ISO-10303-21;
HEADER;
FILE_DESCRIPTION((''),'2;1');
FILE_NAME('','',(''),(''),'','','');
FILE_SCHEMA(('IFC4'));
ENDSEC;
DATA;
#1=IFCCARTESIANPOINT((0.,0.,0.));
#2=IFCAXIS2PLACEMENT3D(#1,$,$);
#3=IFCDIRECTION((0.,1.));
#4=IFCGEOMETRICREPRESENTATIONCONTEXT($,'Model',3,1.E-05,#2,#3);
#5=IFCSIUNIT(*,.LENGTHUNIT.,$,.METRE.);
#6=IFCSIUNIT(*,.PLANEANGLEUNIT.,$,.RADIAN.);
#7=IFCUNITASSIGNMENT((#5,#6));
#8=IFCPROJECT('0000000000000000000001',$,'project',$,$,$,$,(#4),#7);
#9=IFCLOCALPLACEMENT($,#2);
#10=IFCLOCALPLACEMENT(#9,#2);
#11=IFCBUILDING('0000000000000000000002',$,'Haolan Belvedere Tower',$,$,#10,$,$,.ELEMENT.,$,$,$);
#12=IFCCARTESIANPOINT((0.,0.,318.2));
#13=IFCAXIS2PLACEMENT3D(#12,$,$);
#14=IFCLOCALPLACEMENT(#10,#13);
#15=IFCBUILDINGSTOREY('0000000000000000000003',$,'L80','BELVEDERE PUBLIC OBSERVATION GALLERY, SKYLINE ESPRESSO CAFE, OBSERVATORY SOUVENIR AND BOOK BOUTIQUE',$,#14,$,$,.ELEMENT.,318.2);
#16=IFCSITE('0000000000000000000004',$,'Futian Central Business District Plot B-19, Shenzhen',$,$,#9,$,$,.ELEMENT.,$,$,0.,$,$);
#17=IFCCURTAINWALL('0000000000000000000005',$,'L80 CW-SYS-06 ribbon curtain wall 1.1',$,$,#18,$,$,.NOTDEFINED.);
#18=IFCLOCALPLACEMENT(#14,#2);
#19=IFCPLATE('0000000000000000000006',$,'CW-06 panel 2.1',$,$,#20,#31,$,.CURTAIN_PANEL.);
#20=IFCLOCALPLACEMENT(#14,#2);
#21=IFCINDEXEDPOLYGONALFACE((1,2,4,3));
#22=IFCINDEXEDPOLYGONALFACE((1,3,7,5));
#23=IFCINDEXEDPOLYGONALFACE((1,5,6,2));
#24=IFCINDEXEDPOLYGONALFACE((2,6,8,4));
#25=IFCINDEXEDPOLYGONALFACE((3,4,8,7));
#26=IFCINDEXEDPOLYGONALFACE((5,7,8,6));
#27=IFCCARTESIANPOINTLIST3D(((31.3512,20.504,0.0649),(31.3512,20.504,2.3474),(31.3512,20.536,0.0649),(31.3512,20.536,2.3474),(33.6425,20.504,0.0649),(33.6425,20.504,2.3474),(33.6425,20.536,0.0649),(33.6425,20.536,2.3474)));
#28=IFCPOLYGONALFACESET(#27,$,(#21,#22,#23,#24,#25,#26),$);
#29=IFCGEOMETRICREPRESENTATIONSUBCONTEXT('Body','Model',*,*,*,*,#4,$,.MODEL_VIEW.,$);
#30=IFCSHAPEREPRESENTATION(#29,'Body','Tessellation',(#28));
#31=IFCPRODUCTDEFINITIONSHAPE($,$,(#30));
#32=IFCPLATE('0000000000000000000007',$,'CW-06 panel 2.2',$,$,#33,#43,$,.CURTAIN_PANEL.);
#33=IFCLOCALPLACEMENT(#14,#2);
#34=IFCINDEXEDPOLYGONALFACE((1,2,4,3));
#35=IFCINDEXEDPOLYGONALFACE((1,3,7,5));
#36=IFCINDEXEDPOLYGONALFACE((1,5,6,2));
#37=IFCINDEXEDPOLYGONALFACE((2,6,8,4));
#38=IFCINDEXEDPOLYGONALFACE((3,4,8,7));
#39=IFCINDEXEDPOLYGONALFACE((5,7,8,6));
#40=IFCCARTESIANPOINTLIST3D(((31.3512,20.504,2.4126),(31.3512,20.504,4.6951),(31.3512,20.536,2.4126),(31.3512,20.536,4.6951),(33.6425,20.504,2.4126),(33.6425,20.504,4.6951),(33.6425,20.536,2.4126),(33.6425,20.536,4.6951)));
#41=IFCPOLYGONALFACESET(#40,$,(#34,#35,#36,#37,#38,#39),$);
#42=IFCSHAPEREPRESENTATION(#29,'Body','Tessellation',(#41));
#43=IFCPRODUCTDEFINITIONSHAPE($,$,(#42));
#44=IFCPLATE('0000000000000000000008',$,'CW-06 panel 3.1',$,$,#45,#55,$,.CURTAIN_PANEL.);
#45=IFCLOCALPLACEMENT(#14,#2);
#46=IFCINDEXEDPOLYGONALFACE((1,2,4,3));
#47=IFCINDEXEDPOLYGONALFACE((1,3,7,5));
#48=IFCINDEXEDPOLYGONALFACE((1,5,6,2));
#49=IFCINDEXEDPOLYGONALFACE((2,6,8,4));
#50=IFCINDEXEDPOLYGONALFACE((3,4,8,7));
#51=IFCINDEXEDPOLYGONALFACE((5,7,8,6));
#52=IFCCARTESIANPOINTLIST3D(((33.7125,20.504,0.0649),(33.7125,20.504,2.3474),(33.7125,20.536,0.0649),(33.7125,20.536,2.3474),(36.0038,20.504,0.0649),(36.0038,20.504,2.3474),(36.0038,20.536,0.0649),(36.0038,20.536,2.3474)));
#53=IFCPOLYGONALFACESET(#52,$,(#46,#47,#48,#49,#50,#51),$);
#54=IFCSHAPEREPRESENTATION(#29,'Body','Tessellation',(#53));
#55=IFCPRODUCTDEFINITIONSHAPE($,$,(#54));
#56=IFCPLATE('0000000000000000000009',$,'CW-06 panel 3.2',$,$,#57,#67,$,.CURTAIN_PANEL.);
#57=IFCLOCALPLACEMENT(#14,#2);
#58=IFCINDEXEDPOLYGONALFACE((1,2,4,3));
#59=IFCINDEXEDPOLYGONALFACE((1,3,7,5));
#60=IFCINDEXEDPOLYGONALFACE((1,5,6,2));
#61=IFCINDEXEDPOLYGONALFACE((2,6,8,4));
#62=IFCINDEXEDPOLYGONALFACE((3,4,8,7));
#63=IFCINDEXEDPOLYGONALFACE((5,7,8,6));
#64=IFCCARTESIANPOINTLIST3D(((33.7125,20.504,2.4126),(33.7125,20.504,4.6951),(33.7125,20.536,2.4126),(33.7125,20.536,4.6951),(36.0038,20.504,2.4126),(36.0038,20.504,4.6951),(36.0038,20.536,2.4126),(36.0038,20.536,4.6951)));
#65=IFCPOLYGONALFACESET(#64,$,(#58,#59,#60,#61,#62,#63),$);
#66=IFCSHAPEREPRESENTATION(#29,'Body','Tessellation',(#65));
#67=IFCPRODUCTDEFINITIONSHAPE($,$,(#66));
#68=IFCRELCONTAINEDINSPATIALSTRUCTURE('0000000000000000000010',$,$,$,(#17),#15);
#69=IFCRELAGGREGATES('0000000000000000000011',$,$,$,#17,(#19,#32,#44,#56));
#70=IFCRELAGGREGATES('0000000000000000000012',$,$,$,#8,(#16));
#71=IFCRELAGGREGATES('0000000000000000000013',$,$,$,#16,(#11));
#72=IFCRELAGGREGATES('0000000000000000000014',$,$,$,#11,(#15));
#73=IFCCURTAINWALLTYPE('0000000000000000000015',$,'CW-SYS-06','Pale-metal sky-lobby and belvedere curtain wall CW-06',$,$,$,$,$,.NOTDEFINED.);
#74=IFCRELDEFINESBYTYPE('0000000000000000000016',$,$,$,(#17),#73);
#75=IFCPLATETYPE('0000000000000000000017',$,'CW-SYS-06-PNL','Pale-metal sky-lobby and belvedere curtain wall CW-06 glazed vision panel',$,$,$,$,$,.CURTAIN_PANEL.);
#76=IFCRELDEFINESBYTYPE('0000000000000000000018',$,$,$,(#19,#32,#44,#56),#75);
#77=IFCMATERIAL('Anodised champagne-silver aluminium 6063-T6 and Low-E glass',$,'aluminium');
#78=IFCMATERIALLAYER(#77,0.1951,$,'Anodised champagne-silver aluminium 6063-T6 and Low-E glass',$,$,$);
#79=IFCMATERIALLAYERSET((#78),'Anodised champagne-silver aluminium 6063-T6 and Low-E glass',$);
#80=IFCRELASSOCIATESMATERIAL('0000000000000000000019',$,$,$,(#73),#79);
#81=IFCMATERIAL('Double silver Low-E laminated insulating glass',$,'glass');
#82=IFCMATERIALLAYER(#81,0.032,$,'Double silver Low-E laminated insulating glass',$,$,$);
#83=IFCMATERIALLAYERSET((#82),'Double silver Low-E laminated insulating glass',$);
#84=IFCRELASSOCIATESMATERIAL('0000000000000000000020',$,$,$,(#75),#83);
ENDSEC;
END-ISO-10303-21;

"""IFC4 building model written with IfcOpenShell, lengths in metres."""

from ifc_helpers import new_model, si_unit, direction, frame, origin, origin_2d, place, context, subcontext, project, spatial, rectangle, extrude, material, layer, layer_set, type_object, element, aggregate, save


model = new_model("IFC4")

# Units and contexts
model_context = context("Model", 3, precision=1e-05, world=origin(), true_north=direction((0.0, 1.0)))
body_context = subcontext(model_context, "Body", "Model", "MODEL_VIEW")
ifc_project = project(units=[si_unit("LENGTHUNIT", "METRE"), si_unit("PLANEANGLEUNIT", "RADIAN")], contexts=[model_context])

# Site, building, storey
site_placement = place(None, origin())
site = spatial("IfcSite", under=ifc_project, at=site_placement, Name="Futian Central Business District Plot B-19, Shenzhen", CompositionType="ELEMENT", RefElevation=0.0)
building_placement = place(site_placement, origin())
building = spatial("IfcBuilding", under=site, at=building_placement, Name="Haolan Belvedere Tower", CompositionType="ELEMENT")
storey_placement = place(building_placement, frame((0.0, 0.0, 318.2)))
storey = spatial("IfcBuildingStorey", under=building, at=storey_placement, Name="L80", Description="BELVEDERE PUBLIC OBSERVATION GALLERY, SKYLINE ESPRESSO CAFE, OBSERVATORY SOUVENIR AND BOOK BOUTIQUE", CompositionType="ELEMENT", Elevation=318.2)

# Curtain wall, plates
ifc_material_1 = material(Name="Anodised champagne-silver aluminium 6063-T6 and Low-E glass", Category="aluminium")
ifc_layer_1 = layer(ifc_material_1, 0.1951, Name="Anodised champagne-silver aluminium 6063-T6 and Low-E glass")
ifc_layer_set_1 = layer_set([ifc_layer_1], Name="Anodised champagne-silver aluminium 6063-T6 and Low-E glass")
curtain_wall_type = type_object("IfcCurtainWallType", Name="CW-SYS-06", Description="Pale-metal sky-lobby and belvedere curtain wall CW-06", PredefinedType="NOTDEFINED", material=ifc_layer_set_1)
curtain_wall_placement = place(storey_placement, origin())
curtain_wall = element("IfcCurtainWall", 1, at=curtain_wall_placement, inside=storey, type_object=curtain_wall_type, Name="L80 CW-SYS-06 ribbon curtain wall 1.1", PredefinedType="NOTDEFINED")
ifc_material_2 = material(Name="Double silver Low-E laminated insulating glass", Category="glass")
ifc_layer_2 = layer(ifc_material_2, 0.032, Name="Double silver Low-E laminated insulating glass")
ifc_layer_set_2 = layer_set([ifc_layer_2], Name="Double silver Low-E laminated insulating glass")
plate_type = type_object("IfcPlateType", Name="CW-SYS-06-PNL", Description="Pale-metal sky-lobby and belvedere curtain wall CW-06 glazed vision panel", PredefinedType="CURTAIN_PANEL", material=ifc_layer_set_2)
plate_1_placement = place(storey_placement, frame((32.4968, 20.52, 0.0649), z_axis=(0.0, 0.0, 1.0), x_axis=(1.0, 0.0, 0.0)))
plate_1 = element("IfcPlate", 2, at=plate_1_placement, type_object=plate_type, Name="CW-06 panel 2.1", PredefinedType="CURTAIN_PANEL", context=body_context, shape_type="SweptSolid", body=[
    extrude(rectangle(XDim=2.2913, YDim=0.032, at=origin_2d()), origin(), (0.0, 0.0, 1.0), 2.2825),
])
plate_2_placement = place(storey_placement, frame((32.4968, 20.52, 2.4126), z_axis=(0.0, 0.0, 1.0), x_axis=(1.0, 0.0, 0.0)))
plate_2 = element("IfcPlate", 3, at=plate_2_placement, type_object=plate_type, Name="CW-06 panel 2.2", PredefinedType="CURTAIN_PANEL", context=body_context, shape_type="SweptSolid", body=[
    extrude(rectangle(XDim=2.2913, YDim=0.032, at=origin_2d()), origin(), (0.0, 0.0, 1.0), 2.2825),
])
plate_3_placement = place(storey_placement, frame((34.8582, 20.52, 0.0649), z_axis=(0.0, 0.0, 1.0), x_axis=(1.0, 0.0, 0.0)))
plate_3 = element("IfcPlate", 4, at=plate_3_placement, type_object=plate_type, Name="CW-06 panel 3.1", PredefinedType="CURTAIN_PANEL", context=body_context, shape_type="SweptSolid", body=[
    extrude(rectangle(XDim=2.2913, YDim=0.032, at=origin_2d()), origin(), (0.0, 0.0, 1.0), 2.2825),
])
plate_4_placement = place(storey_placement, frame((34.8582, 20.52, 2.4126), z_axis=(0.0, 0.0, 1.0), x_axis=(1.0, 0.0, 0.0)))
plate_4 = element("IfcPlate", 5, at=plate_4_placement, type_object=plate_type, Name="CW-06 panel 3.2", PredefinedType="CURTAIN_PANEL", context=body_context, shape_type="SweptSolid", body=[
    extrude(rectangle(XDim=2.2913, YDim=0.032, at=origin_2d()), origin(), (0.0, 0.0, 1.0), 2.2825),
])
aggregate(curtain_wall, [plate_1, plate_2, plate_3, plate_4])

save(model, "model.ifc")
